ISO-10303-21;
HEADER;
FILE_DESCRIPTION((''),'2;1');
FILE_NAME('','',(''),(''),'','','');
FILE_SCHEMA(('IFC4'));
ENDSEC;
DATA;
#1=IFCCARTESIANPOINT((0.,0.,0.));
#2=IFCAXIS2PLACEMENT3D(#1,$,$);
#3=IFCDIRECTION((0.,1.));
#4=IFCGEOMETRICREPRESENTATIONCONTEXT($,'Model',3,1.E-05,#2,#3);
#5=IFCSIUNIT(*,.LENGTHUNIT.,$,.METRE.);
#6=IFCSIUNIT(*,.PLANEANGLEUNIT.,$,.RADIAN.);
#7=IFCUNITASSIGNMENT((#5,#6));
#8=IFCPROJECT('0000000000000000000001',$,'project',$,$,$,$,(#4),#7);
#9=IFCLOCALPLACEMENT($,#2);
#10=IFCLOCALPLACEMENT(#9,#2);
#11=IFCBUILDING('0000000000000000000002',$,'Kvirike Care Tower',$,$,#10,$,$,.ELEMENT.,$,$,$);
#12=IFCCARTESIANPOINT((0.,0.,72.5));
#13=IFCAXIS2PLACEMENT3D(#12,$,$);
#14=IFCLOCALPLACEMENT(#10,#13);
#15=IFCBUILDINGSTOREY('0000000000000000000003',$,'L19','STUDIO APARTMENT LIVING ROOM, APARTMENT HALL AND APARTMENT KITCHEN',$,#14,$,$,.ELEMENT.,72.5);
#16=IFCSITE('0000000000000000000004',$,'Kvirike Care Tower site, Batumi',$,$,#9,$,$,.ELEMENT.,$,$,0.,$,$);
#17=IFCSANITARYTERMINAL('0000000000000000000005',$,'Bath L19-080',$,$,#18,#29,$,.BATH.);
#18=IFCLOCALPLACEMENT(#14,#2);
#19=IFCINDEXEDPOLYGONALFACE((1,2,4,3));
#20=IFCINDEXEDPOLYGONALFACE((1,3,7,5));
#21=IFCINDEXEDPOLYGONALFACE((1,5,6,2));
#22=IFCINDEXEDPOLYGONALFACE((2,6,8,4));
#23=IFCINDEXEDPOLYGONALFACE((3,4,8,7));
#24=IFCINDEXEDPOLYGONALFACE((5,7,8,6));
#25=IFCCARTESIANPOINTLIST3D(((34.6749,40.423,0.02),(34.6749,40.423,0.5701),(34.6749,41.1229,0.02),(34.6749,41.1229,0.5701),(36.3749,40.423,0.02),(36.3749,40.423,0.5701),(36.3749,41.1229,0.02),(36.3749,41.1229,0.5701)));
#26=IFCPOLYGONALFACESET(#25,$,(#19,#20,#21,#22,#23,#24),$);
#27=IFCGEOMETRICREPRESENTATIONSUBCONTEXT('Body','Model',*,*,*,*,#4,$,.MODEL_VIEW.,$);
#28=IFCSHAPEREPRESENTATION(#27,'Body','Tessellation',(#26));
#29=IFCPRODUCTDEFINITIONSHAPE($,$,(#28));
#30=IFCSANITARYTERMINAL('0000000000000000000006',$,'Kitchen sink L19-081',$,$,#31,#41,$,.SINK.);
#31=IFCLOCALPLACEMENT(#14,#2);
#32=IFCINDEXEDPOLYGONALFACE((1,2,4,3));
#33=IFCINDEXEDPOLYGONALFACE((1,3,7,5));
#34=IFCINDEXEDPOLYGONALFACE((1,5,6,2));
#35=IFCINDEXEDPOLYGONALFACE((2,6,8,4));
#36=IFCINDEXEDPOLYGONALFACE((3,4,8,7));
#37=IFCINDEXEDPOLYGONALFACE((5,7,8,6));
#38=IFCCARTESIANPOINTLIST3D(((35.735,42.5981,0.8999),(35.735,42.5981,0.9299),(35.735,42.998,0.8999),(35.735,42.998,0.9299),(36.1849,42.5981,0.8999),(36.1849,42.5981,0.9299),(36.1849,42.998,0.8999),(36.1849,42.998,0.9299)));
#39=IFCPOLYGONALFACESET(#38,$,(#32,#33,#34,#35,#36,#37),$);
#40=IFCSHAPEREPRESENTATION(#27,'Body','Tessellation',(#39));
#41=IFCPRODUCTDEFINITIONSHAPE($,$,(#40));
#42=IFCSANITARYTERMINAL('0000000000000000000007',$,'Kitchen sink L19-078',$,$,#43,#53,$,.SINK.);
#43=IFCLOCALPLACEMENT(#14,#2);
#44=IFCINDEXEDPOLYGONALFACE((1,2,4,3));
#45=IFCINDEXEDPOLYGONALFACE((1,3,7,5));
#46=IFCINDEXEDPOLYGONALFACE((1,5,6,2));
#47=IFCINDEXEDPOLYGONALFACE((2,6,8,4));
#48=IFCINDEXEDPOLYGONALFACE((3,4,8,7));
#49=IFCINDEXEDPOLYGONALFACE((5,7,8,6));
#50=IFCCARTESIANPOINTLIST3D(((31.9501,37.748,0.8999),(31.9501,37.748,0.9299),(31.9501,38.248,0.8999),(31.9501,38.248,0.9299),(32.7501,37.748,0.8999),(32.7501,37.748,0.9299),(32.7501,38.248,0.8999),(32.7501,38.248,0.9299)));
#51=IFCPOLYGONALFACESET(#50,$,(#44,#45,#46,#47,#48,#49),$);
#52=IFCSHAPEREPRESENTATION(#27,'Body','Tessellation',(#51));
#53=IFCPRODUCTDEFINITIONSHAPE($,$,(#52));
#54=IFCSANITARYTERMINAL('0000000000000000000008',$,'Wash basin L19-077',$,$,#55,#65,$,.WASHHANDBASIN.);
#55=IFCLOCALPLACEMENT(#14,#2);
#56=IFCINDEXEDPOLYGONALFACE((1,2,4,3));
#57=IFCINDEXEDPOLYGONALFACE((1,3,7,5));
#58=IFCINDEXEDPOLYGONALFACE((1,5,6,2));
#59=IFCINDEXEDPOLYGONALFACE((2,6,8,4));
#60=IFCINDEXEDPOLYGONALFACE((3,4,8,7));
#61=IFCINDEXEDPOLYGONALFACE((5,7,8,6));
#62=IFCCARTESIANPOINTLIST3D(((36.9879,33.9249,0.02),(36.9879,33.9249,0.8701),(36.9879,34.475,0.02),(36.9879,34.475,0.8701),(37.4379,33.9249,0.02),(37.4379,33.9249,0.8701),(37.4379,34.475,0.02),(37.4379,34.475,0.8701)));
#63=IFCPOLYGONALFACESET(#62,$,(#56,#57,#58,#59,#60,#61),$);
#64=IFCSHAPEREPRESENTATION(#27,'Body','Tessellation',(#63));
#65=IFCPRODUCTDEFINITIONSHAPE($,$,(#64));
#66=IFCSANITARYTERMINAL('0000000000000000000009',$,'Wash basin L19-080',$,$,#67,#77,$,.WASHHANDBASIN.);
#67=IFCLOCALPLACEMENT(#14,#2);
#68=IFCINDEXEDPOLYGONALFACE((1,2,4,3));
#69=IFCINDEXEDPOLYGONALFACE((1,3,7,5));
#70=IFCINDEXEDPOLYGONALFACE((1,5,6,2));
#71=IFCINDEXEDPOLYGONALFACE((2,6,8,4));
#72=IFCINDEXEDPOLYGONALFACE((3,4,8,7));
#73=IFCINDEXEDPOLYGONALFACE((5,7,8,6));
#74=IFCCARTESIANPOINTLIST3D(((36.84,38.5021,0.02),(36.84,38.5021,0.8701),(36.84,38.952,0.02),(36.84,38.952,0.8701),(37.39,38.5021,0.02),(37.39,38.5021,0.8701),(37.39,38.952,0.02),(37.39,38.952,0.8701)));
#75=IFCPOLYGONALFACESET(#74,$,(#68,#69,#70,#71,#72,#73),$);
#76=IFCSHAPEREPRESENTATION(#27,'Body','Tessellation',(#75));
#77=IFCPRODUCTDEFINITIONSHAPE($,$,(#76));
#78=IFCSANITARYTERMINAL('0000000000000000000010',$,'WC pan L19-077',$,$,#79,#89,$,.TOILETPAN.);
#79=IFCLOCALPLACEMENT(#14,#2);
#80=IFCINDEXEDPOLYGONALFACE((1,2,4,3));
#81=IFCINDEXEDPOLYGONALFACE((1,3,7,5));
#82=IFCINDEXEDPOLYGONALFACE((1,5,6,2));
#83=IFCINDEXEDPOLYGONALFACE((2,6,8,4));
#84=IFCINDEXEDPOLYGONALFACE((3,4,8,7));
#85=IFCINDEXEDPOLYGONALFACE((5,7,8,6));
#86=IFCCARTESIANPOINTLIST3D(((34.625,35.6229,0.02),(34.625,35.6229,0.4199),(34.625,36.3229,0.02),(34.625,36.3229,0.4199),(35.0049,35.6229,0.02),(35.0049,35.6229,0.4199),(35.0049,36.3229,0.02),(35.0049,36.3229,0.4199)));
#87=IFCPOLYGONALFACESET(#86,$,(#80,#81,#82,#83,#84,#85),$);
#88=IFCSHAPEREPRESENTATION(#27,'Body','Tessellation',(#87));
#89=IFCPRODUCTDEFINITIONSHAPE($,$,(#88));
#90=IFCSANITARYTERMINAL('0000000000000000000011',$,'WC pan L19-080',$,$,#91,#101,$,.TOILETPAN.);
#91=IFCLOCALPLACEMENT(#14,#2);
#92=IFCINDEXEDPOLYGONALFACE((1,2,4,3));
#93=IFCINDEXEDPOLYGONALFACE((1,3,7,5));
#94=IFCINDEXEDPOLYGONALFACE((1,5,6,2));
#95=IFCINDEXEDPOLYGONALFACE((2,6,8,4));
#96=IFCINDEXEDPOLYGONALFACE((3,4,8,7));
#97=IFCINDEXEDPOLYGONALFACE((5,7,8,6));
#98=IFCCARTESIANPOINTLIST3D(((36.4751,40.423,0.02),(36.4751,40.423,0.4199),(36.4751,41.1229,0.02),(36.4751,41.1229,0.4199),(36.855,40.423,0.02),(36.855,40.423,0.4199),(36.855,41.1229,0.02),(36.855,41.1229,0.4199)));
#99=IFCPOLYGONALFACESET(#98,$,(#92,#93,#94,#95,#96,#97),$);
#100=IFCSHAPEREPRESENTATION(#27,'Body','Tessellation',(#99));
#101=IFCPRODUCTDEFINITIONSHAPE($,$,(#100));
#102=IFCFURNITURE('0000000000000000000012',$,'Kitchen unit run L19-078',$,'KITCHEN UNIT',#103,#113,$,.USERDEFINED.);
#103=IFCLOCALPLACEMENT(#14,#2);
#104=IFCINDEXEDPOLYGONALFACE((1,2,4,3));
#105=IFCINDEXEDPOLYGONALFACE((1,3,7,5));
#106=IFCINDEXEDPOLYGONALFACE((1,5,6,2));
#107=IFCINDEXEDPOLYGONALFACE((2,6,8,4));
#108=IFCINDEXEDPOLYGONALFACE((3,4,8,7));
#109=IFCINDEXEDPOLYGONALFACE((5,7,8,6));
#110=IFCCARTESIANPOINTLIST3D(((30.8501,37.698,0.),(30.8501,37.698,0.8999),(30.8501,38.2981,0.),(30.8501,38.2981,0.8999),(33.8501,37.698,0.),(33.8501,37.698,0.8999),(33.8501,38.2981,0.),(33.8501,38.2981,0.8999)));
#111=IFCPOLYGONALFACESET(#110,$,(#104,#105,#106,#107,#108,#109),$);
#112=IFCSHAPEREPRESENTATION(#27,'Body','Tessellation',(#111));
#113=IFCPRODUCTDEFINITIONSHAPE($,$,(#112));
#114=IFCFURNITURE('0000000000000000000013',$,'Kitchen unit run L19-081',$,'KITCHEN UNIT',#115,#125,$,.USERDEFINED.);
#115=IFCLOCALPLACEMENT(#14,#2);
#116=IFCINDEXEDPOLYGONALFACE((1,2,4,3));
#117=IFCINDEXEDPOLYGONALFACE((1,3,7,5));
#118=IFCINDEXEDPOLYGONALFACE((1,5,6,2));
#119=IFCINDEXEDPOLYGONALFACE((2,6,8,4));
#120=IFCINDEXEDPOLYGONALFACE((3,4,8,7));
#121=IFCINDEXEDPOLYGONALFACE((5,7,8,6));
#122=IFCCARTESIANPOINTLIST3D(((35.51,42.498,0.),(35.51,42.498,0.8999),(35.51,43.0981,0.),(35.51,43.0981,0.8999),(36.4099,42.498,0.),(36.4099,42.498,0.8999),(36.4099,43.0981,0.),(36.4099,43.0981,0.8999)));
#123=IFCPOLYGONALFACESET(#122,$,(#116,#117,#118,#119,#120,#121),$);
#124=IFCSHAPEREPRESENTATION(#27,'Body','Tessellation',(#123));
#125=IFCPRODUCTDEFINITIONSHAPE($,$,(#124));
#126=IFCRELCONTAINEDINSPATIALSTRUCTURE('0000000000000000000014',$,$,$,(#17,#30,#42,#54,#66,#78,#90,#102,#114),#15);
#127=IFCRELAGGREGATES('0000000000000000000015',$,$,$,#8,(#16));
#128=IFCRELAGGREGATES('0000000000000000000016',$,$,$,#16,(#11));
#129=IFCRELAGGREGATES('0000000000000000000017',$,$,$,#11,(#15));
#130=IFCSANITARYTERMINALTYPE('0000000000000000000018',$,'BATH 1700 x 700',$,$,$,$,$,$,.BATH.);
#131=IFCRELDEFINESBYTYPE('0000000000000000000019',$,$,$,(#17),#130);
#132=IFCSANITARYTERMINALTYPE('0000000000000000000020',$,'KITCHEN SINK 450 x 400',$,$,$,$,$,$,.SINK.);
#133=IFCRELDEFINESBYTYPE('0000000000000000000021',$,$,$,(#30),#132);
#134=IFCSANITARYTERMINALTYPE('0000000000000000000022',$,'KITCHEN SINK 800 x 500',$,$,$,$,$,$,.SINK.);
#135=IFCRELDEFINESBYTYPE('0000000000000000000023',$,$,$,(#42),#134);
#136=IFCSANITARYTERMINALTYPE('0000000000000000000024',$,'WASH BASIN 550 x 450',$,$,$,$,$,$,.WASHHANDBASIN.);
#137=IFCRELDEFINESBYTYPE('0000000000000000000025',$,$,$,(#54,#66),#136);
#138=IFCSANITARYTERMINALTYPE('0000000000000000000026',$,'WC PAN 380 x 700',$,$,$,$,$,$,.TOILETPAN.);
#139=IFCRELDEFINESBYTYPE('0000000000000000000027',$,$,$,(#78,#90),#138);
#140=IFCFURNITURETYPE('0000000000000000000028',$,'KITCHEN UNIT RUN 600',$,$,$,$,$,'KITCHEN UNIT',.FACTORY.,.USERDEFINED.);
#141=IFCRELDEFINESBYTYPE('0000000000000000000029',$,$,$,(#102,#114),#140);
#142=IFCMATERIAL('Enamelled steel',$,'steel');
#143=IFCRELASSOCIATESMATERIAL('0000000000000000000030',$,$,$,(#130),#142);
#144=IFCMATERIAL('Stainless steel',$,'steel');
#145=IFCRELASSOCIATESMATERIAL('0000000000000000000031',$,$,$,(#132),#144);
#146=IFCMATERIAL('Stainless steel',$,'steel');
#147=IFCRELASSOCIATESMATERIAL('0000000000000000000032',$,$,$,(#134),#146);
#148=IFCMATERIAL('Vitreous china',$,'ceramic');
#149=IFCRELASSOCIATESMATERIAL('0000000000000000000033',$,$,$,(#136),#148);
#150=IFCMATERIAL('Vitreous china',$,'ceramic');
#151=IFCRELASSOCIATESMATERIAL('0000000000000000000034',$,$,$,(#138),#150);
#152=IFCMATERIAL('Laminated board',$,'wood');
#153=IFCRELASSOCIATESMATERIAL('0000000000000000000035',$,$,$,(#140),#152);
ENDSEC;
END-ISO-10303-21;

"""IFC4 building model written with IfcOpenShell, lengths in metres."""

from ifc_helpers import new_model, si_unit, direction, frame, origin, origin_2d, place, context, subcontext, project, spatial, rectangle, extrude, material, type_object, element, save


model = new_model("IFC4")

# Units and contexts
model_context = context("Model", 3, precision=1e-05, world=origin(), true_north=direction((0.0, 1.0)))
body_context = subcontext(model_context, "Body", "Model", "MODEL_VIEW")
ifc_project = project(units=[si_unit("LENGTHUNIT", "METRE"), si_unit("PLANEANGLEUNIT", "RADIAN")], contexts=[model_context])

# Site, building, storey
site_placement = place(None, origin())
site = spatial("IfcSite", under=ifc_project, at=site_placement, Name="Kvirike Care Tower site, Batumi", CompositionType="ELEMENT", RefElevation=0.0)
building_placement = place(site_placement, origin())
building = spatial("IfcBuilding", under=site, at=building_placement, Name="Kvirike Care Tower", CompositionType="ELEMENT")
storey_placement = place(building_placement, frame((0.0, 0.0, 72.5)))
storey = spatial("IfcBuildingStorey", under=building, at=storey_placement, Name="L19", Description="STUDIO APARTMENT LIVING ROOM, APARTMENT HALL AND APARTMENT KITCHEN", CompositionType="ELEMENT", Elevation=72.5)

# Sanitary terminals
ifc_material_1 = material(Name="Enamelled steel", Category="steel")
sanitary_terminal_type_1 = type_object("IfcSanitaryTerminalType", Name="BATH 1700 x 700", PredefinedType="BATH", material=ifc_material_1)
for number, where, z_axis, x_axis, name in (
    (1, (35.5249, 40.7729, 0.02), (0.0, 0.0, 1.0), (1.0, 0.0, 0.0), "Bath L19-080"),
):
    element("IfcSanitaryTerminal", number, at=place(storey_placement, frame(where, z_axis=z_axis, x_axis=x_axis)), inside=storey, type_object=sanitary_terminal_type_1, Name=name, PredefinedType="BATH", context=body_context, shape_type="SweptSolid", body=[
        extrude(rectangle(XDim=1.7, YDim=0.7, at=origin_2d()), origin(), (0.0, 0.0, 1.0), 0.55),
    ])
ifc_material_2 = material(Name="Stainless steel", Category="steel")
sanitary_terminal_type_2 = type_object("IfcSanitaryTerminalType", Name="KITCHEN SINK 450 x 400", PredefinedType="SINK", material=ifc_material_2)
sanitary_terminal_1_placement = place(storey_placement, frame((35.96, 42.7981, 0.8999), z_axis=(0.0, 0.0, 1.0), x_axis=(1.0, 0.0, 0.0)))
element("IfcSanitaryTerminal", 2, at=sanitary_terminal_1_placement, inside=storey, type_object=sanitary_terminal_type_2, Name="Kitchen sink L19-081", PredefinedType="SINK", context=body_context, shape_type="SweptSolid", body=[
    extrude(rectangle(XDim=0.45, YDim=0.3999, at=origin_2d()), origin(), (0.0, 0.0, 1.0), 0.03),
])
ifc_material_3 = material(Name="Stainless steel", Category="steel")
sanitary_terminal_type_3 = type_object("IfcSanitaryTerminalType", Name="KITCHEN SINK 800 x 500", PredefinedType="SINK", material=ifc_material_3)
sanitary_terminal_2_placement = place(storey_placement, frame((32.3501, 37.998, 0.8999), z_axis=(0.0, 0.0, 1.0), x_axis=(1.0, 0.0, 0.0)))
element("IfcSanitaryTerminal", 3, at=sanitary_terminal_2_placement, inside=storey, type_object=sanitary_terminal_type_3, Name="Kitchen sink L19-078", PredefinedType="SINK", context=body_context, shape_type="SweptSolid", body=[
    extrude(rectangle(XDim=0.8, YDim=0.5, at=origin_2d()), origin(), (0.0, 0.0, 1.0), 0.03),
])
ifc_material_4 = material(Name="Vitreous china", Category="ceramic")
sanitary_terminal_type_4 = type_object("IfcSanitaryTerminalType", Name="WASH BASIN 550 x 450", PredefinedType="WASHHANDBASIN", material=ifc_material_4)
for number, where, z_axis, x_axis, name in (
    (4, (37.2129, 34.2, 0.02), (0.0, 0.0, 1.0), (0.0, -1.0, 0.0), "Wash basin L19-077"),
    (5, (37.115, 38.7271, 0.02), (0.0, 0.0, 1.0), (-1.0, 0.0, 0.0), "Wash basin L19-080"),
):
    element("IfcSanitaryTerminal", number, at=place(storey_placement, frame(where, z_axis=z_axis, x_axis=x_axis)), inside=storey, type_object=sanitary_terminal_type_4, Name=name, PredefinedType="WASHHANDBASIN", context=body_context, shape_type="SweptSolid", body=[
        extrude(rectangle(XDim=0.55, YDim=0.45, at=origin_2d()), origin(), (0.0, 0.0, 1.0), 0.8501),
    ])
ifc_material_5 = material(Name="Vitreous china", Category="ceramic")
sanitary_terminal_type_5 = type_object("IfcSanitaryTerminalType", Name="WC PAN 380 x 700", PredefinedType="TOILETPAN", material=ifc_material_5)
for number, where, z_axis, x_axis, name in (
    (6, (34.8149, 35.9729, 0.02), (0.0, 0.0, 1.0), (1.0, 0.0, 0.0), "WC pan L19-077"),
    (7, (36.665, 40.7729, 0.02), (0.0, 0.0, 1.0), (1.0, 0.0, 0.0), "WC pan L19-080"),
):
    element("IfcSanitaryTerminal", number, at=place(storey_placement, frame(where, z_axis=z_axis, x_axis=x_axis)), inside=storey, type_object=sanitary_terminal_type_5, Name=name, PredefinedType="TOILETPAN", context=body_context, shape_type="SweptSolid", body=[
        extrude(rectangle(XDim=0.3799, YDim=0.7, at=origin_2d()), origin(), (0.0, 0.0, 1.0), 0.3999),
    ])

# Furniture
ifc_material_6 = material(Name="Laminated board", Category="wood")
furniture_type = type_object("IfcFurnitureType", Name="KITCHEN UNIT RUN 600", ElementType="KITCHEN UNIT", AssemblyPlace="FACTORY", PredefinedType="USERDEFINED", material=ifc_material_6)
furniture_1_placement = place(storey_placement, frame((32.3501, 37.998, 0.0), z_axis=(0.0, 0.0, 1.0), x_axis=(1.0, 0.0, 0.0)))
element("IfcFurniture", 8, at=furniture_1_placement, inside=storey, type_object=furniture_type, Name="Kitchen unit run L19-078", ObjectType="KITCHEN UNIT", PredefinedType="USERDEFINED", context=body_context, shape_type="SweptSolid", body=[
    extrude(rectangle(XDim=3.0, YDim=0.6001, at=origin_2d()), origin(), (0.0, 0.0, 1.0), 0.8999),
])
furniture_2_placement = place(storey_placement, frame((35.96, 42.7981, 0.0), z_axis=(0.0, 0.0, 1.0), x_axis=(1.0, 0.0, 0.0)))
element("IfcFurniture", 9, at=furniture_2_placement, inside=storey, type_object=furniture_type, Name="Kitchen unit run L19-081", ObjectType="KITCHEN UNIT", PredefinedType="USERDEFINED", context=body_context, shape_type="SweptSolid", body=[
    extrude(rectangle(XDim=0.8999, YDim=0.6001, at=origin_2d()), origin(), (0.0, 0.0, 1.0), 0.8999),
])

save(model, "model.ifc")
